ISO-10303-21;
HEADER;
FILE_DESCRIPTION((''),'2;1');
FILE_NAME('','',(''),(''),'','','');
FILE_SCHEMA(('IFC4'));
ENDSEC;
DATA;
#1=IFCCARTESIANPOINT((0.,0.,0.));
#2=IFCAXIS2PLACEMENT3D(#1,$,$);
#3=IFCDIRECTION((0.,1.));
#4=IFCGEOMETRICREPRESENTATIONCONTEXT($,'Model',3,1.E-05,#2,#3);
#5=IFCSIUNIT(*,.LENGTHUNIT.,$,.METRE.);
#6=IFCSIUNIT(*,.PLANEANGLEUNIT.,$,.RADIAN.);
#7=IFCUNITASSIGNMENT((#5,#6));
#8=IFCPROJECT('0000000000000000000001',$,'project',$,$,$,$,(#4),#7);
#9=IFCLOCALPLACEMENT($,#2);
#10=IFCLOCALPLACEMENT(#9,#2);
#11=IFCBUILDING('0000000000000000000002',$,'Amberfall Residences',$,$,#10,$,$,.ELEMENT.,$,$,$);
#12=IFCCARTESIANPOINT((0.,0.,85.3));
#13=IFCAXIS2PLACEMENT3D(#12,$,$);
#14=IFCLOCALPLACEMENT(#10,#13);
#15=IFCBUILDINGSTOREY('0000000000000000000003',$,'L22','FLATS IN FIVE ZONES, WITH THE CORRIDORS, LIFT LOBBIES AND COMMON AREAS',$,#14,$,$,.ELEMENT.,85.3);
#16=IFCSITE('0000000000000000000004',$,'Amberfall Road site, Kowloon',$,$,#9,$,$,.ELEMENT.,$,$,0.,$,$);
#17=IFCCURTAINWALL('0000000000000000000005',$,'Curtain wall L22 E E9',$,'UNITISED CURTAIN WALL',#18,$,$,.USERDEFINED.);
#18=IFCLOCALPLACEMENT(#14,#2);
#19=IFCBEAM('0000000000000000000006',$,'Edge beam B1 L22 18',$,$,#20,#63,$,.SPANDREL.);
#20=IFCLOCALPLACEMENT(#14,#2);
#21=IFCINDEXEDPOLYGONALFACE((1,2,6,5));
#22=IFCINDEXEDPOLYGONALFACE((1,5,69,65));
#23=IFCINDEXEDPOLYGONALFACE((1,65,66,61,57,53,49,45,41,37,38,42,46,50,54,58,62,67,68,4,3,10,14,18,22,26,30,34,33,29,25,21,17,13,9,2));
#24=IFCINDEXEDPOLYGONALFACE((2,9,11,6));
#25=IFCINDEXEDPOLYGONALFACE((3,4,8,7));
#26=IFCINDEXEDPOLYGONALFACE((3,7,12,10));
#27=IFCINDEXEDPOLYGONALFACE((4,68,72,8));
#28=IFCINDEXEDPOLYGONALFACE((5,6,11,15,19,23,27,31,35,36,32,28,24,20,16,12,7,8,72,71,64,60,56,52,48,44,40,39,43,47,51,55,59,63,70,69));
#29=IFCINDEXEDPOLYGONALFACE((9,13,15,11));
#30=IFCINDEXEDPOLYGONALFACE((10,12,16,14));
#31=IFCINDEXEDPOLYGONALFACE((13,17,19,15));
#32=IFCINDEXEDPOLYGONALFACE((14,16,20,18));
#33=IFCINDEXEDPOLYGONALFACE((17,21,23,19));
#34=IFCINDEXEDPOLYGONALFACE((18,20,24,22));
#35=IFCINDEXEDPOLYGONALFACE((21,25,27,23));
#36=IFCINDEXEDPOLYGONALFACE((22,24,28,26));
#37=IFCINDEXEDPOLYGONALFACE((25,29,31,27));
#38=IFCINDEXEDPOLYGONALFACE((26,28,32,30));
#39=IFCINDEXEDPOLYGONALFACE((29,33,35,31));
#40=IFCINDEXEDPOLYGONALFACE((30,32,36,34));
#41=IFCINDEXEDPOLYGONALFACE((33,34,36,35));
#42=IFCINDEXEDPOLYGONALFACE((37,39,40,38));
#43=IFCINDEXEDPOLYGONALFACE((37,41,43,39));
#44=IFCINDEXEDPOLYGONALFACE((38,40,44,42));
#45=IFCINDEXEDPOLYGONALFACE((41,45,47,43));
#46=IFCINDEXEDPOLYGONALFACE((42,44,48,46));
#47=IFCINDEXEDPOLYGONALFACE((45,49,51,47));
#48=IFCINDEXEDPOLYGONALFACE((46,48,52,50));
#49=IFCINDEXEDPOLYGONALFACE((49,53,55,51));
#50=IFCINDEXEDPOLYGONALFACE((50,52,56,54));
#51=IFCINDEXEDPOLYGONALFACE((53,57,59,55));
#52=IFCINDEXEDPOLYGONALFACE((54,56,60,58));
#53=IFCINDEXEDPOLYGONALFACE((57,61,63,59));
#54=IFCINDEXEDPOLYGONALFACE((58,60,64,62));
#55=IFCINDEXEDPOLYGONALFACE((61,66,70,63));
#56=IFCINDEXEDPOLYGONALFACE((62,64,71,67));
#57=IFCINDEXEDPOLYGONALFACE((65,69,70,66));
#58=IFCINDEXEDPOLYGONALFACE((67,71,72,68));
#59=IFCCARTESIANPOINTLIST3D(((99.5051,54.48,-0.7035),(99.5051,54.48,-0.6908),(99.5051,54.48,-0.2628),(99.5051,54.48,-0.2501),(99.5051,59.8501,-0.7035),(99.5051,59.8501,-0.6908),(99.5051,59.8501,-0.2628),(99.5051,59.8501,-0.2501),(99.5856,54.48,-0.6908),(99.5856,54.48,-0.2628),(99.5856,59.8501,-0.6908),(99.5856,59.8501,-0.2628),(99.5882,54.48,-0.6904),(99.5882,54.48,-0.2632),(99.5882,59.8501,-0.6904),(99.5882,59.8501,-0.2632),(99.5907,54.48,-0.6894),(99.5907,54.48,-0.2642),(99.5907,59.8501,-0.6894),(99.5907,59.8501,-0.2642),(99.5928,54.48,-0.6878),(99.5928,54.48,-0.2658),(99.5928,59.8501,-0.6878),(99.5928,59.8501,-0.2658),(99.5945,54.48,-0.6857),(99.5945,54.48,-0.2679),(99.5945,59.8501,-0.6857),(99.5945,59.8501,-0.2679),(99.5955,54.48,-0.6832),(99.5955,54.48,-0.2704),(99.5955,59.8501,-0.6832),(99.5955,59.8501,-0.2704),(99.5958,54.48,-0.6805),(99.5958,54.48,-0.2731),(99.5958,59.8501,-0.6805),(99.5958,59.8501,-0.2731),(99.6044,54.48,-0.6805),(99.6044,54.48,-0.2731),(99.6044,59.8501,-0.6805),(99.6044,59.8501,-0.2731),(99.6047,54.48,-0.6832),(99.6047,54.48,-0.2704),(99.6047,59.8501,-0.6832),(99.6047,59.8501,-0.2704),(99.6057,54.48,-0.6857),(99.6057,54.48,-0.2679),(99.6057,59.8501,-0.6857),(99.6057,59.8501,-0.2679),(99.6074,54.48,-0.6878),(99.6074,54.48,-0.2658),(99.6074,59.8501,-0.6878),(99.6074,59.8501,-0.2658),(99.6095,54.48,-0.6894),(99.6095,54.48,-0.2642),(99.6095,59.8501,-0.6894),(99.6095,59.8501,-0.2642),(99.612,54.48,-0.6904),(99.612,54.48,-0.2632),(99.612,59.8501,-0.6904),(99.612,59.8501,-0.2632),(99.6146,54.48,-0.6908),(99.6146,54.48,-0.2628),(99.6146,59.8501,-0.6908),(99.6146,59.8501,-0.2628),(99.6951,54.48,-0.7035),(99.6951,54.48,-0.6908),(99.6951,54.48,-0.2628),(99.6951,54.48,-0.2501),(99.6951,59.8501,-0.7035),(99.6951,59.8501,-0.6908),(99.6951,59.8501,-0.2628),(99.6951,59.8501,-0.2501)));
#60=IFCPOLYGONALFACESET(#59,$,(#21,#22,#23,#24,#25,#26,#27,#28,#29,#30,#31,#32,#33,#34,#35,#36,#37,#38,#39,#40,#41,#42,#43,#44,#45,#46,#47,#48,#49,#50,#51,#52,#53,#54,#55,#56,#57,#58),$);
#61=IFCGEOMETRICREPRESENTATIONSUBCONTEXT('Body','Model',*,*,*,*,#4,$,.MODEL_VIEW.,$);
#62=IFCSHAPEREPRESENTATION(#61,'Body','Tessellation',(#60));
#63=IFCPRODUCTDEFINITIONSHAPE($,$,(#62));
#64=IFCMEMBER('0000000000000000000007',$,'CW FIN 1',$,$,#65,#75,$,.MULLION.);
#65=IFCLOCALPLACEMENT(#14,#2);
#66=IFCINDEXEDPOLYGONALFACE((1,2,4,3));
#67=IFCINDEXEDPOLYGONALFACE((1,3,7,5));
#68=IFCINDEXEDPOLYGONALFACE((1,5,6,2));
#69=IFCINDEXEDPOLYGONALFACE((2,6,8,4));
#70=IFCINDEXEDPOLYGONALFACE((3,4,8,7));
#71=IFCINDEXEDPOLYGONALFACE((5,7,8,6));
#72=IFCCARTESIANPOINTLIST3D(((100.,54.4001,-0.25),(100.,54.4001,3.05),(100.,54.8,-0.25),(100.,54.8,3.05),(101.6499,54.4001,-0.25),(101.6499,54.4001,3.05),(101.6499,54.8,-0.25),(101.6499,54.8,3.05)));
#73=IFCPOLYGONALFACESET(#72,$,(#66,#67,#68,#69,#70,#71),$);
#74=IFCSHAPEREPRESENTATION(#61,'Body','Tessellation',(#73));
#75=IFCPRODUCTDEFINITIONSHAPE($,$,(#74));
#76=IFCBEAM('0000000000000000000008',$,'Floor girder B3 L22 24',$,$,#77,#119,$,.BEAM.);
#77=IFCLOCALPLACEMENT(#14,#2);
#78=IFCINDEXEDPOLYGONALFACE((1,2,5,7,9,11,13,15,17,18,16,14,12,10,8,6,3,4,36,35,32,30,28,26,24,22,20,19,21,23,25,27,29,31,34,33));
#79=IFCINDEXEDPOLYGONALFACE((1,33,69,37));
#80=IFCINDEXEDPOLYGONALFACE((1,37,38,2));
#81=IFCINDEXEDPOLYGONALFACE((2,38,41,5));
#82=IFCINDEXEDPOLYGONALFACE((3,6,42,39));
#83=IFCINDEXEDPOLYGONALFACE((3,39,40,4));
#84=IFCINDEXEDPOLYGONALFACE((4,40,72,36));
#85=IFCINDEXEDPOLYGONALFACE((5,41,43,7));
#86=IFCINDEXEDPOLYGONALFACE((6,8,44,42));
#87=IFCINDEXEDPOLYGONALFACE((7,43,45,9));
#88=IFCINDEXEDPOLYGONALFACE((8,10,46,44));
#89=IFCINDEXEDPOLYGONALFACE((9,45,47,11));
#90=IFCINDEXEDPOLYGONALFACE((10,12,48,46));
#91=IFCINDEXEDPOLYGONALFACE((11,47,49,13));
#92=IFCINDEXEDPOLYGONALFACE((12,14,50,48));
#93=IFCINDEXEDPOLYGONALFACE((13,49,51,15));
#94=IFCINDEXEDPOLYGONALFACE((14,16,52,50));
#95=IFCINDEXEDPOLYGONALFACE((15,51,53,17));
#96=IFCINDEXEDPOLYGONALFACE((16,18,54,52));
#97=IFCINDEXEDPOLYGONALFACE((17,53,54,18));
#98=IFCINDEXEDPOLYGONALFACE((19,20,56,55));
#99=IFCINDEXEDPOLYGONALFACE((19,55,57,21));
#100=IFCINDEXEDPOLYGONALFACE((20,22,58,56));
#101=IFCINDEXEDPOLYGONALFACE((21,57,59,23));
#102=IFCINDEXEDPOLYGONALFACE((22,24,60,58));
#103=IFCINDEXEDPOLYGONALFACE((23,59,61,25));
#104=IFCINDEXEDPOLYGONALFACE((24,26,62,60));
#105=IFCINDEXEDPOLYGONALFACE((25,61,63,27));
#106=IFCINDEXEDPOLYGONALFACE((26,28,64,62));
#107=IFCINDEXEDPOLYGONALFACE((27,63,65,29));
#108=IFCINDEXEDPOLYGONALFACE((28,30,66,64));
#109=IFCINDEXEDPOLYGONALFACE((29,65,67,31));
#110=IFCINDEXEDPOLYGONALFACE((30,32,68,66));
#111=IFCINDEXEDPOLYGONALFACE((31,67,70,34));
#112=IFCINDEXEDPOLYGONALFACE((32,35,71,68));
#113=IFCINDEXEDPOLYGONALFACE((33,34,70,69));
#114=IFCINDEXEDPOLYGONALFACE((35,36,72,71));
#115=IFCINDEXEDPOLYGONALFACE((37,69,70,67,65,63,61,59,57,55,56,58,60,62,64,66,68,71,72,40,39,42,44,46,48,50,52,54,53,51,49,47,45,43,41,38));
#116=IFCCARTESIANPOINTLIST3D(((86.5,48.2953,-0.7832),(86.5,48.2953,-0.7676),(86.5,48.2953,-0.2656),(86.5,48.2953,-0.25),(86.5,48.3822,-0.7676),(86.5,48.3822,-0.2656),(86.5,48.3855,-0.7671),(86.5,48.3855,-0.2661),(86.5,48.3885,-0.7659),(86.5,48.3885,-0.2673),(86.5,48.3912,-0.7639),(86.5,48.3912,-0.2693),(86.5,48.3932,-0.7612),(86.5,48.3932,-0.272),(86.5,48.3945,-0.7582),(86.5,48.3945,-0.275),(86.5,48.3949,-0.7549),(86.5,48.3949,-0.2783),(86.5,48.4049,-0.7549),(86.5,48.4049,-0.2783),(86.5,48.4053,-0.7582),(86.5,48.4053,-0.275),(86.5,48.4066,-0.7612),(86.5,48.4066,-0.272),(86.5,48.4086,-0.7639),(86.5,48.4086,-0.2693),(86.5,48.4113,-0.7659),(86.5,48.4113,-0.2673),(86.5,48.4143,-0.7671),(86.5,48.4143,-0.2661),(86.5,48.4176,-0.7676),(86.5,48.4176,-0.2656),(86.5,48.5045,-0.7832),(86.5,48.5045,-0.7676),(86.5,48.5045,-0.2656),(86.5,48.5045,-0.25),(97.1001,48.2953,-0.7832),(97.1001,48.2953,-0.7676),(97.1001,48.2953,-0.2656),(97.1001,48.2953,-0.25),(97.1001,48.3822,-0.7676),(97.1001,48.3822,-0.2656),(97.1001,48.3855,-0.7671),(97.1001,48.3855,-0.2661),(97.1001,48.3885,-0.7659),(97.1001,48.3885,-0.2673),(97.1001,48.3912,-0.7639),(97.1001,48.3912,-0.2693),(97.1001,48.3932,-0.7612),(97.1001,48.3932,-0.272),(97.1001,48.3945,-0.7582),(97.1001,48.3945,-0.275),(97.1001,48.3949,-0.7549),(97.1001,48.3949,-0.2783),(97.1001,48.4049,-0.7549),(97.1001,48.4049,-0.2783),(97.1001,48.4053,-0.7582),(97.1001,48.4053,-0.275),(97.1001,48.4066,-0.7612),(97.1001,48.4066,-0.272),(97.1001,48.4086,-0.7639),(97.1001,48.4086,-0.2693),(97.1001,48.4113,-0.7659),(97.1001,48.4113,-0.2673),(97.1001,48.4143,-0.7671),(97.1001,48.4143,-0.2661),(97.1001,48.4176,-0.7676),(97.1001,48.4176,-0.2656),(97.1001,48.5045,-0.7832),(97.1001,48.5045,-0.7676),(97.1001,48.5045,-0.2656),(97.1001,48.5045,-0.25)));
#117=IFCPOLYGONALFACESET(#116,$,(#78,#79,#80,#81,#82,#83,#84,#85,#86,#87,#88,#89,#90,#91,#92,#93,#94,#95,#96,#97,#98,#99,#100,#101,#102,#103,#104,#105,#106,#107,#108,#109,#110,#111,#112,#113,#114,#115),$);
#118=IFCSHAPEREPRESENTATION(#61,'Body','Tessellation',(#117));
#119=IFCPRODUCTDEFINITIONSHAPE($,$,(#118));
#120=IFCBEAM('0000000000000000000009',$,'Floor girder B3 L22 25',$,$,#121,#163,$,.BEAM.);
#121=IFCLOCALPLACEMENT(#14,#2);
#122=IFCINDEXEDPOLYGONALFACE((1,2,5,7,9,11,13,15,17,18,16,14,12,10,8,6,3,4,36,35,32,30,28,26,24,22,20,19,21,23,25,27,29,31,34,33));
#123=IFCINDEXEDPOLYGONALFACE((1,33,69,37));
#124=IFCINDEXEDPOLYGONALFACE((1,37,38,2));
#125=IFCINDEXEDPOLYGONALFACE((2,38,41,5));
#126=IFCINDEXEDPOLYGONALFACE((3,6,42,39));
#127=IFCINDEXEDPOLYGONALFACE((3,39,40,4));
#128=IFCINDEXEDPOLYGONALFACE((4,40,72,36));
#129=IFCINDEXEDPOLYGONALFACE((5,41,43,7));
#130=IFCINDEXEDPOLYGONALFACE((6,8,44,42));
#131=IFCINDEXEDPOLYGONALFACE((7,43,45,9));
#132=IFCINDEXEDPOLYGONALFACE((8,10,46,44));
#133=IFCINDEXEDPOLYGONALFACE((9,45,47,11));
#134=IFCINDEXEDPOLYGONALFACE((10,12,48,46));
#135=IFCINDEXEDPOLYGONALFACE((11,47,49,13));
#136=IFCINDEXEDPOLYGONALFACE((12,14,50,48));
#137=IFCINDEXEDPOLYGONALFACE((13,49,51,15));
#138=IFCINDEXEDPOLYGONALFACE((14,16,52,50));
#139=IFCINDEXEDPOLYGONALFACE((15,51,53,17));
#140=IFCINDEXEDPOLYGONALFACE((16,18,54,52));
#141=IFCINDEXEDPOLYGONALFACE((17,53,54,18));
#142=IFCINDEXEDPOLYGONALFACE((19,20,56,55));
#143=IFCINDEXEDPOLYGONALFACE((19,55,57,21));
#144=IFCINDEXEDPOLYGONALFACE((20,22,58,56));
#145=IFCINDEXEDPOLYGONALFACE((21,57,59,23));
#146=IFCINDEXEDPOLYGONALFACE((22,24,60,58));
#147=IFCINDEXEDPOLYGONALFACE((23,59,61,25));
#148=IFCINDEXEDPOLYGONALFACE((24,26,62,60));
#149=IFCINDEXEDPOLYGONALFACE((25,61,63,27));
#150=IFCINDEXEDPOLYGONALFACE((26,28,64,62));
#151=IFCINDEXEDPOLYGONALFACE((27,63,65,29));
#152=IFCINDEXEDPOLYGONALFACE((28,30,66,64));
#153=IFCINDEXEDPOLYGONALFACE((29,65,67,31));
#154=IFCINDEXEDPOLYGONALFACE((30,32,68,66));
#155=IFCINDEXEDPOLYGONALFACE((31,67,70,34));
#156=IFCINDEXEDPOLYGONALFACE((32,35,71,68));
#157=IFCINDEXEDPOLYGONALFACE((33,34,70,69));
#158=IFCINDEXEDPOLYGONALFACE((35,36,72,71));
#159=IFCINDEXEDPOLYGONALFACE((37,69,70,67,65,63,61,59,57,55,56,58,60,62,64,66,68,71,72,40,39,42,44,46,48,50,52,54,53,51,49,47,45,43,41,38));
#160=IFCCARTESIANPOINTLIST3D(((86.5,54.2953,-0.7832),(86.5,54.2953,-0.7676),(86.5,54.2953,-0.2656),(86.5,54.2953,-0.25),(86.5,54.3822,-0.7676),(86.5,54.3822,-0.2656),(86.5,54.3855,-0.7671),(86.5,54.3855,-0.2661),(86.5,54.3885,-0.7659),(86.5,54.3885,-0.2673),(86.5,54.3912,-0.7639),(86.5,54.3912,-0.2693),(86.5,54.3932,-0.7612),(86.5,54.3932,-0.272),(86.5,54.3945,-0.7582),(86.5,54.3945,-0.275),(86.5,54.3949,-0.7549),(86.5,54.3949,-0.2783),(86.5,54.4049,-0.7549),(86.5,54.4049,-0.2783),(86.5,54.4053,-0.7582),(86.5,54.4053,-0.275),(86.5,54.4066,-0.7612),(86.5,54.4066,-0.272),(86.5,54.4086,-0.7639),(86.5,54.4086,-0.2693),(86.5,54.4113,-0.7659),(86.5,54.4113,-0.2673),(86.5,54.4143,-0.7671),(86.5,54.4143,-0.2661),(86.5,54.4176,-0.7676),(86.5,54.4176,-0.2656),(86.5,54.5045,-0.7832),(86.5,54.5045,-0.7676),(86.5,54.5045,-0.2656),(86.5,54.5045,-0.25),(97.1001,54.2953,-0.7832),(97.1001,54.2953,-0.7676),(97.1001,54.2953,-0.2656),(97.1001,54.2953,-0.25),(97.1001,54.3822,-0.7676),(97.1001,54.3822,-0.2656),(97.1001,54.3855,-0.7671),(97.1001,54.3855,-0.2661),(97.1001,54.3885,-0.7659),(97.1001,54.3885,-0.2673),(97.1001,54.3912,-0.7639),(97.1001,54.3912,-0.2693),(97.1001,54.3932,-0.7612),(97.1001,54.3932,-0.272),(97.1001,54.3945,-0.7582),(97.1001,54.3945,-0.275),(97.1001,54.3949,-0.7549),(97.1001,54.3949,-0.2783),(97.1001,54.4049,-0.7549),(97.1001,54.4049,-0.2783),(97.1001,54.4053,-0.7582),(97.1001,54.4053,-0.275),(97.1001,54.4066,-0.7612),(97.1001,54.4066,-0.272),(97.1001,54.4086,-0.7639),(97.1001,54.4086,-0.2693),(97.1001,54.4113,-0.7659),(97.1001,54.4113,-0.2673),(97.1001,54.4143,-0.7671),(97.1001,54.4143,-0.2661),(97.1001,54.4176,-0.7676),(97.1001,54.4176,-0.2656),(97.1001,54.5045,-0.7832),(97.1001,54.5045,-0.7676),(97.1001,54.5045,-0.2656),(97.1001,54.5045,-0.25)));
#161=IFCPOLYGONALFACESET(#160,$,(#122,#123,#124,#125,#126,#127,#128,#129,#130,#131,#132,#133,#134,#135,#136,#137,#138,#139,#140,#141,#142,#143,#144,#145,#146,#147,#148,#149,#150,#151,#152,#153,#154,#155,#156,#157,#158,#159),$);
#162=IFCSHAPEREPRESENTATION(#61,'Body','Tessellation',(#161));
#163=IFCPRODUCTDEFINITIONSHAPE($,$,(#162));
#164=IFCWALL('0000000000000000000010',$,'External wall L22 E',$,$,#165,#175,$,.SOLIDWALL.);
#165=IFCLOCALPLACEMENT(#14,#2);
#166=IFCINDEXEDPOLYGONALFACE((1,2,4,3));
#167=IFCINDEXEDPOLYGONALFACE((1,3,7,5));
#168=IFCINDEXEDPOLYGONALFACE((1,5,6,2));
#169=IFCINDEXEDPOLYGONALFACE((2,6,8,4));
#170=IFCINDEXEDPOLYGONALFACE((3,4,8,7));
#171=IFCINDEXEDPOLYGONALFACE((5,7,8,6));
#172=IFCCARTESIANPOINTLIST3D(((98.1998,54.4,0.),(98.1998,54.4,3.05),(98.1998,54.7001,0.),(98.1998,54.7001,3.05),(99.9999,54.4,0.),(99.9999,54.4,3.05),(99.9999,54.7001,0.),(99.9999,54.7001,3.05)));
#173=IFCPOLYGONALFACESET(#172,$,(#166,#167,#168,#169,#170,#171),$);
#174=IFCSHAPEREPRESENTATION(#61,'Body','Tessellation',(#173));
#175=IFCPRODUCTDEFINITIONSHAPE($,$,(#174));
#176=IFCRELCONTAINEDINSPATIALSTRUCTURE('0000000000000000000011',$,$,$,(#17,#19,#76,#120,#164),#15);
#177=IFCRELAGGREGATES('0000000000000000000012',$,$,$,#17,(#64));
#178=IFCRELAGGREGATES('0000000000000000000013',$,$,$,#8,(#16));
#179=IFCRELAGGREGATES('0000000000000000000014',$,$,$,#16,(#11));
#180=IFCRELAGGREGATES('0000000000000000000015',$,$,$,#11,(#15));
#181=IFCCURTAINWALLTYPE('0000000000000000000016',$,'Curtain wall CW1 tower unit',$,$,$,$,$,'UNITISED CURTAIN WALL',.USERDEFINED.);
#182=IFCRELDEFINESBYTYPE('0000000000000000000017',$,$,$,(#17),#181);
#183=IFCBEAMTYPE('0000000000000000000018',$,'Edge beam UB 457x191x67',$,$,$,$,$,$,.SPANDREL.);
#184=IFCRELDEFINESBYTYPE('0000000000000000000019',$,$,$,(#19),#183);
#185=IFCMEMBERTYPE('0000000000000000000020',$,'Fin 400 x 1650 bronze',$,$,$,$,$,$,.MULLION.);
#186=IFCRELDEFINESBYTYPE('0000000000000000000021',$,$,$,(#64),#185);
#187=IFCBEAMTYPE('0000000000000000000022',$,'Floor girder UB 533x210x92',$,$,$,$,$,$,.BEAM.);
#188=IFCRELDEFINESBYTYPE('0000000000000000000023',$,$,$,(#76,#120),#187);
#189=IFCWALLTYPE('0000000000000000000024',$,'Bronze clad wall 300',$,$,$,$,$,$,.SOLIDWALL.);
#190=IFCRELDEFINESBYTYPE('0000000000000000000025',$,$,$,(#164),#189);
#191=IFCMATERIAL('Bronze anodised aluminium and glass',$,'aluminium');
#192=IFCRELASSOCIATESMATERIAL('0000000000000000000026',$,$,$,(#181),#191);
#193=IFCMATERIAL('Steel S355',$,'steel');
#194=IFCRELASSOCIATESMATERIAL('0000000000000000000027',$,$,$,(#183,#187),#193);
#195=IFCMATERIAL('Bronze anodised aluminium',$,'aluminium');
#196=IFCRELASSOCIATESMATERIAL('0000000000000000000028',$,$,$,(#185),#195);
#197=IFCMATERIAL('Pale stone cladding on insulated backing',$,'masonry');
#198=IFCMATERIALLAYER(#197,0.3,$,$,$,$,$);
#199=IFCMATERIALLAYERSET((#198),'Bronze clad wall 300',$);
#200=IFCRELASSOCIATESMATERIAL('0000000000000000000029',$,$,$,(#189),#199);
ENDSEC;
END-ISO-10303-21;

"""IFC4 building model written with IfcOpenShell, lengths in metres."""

from ifc_helpers import new_model, si_unit, direction, frame, frame_2d, origin, origin_2d, place, context, subcontext, project, spatial, rectangle, i_section, extrude, material, layer, layer_set, material_profile, profile_set, type_object, element, aggregate, save


model = new_model("IFC4")

# Units and contexts
model_context = context("Model", 3, precision=1e-05, world=origin(), true_north=direction((0.0, 1.0)))
body_context = subcontext(model_context, "Body", "Model", "MODEL_VIEW")
ifc_project = project(units=[si_unit("LENGTHUNIT", "METRE"), si_unit("PLANEANGLEUNIT", "RADIAN")], contexts=[model_context])

# Site, building, storey
site_placement = place(None, origin())
site = spatial("IfcSite", under=ifc_project, at=site_placement, Name="Amberfall Road site, Kowloon", CompositionType="ELEMENT", RefElevation=0.0)
building_placement = place(site_placement, origin())
building = spatial("IfcBuilding", under=site, at=building_placement, Name="Amberfall Residences", CompositionType="ELEMENT")
storey_placement = place(building_placement, frame((0.0, 0.0, 85.3)))
storey = spatial("IfcBuildingStorey", under=building, at=storey_placement, Name="L22", Description="FLATS IN FIVE ZONES, WITH THE CORRIDORS, LIFT LOBBIES AND COMMON AREAS", CompositionType="ELEMENT", Elevation=85.3)

# Curtain wall
ifc_material_1 = material(Name="Bronze anodised aluminium and glass", Category="aluminium")
curtain_wall_type = type_object("IfcCurtainWallType", Name="Curtain wall CW1 tower unit", ElementType="UNITISED CURTAIN WALL", PredefinedType="USERDEFINED", material=ifc_material_1)
curtain_wall_placement = place(storey_placement, origin())
curtain_wall = element("IfcCurtainWall", 1, at=curtain_wall_placement, inside=storey, type_object=curtain_wall_type, Name="Curtain wall L22 E E9", ObjectType="UNITISED CURTAIN WALL", PredefinedType="USERDEFINED")
ifc_material_2 = material(Name="Bronze anodised aluminium", Category="aluminium")

# Beam
ifc_material_3 = material(Name="Steel S355", Category="steel")
ifc_material_profile_1 = material_profile(ifc_material_3, i_section(OverallWidth=0.1899, OverallDepth=0.4534, WebThickness=0.0085, FlangeThickness=0.0127, FilletRadius=0.0103, at=origin_2d()), Name="UB 457x191x67")
ifc_profile_set_1 = profile_set([ifc_material_profile_1], Name="Steel S355")
beam_type_1 = type_object("IfcBeamType", Name="Edge beam UB 457x191x67", PredefinedType="SPANDREL", material=ifc_profile_set_1)
beam_1_placement = place(storey_placement, frame((99.6001, 54.48, -0.4768), z_axis=(0.0, 1.0, 0.0), x_axis=(-1.0, 0.0, 0.0)))
element("IfcBeam", 2, at=beam_1_placement, inside=storey, type_object=beam_type_1, Name="Edge beam B1 L22 18", PredefinedType="SPANDREL", context=body_context, shape_type="SweptSolid", body=[
    extrude(i_section(OverallWidth=0.1899, OverallDepth=0.4534, WebThickness=0.0085, FlangeThickness=0.0127, FilletRadius=0.0103, at=origin_2d()), origin(), (0.0, 0.0, 1.0), 5.3701),
])

# Member
ifc_material_profile_2 = material_profile(ifc_material_2, rectangle(XDim=1.6499, YDim=0.3999, at=origin_2d()), Name="Fin 400 x 1650 bronze")
ifc_profile_set_2 = profile_set([ifc_material_profile_2], Name="Bronze anodised aluminium")
member_type_1 = type_object("IfcMemberType", Name="Fin 400 x 1650 bronze", PredefinedType="MULLION", material=ifc_profile_set_2)
member_1_placement = place(storey_placement, frame((100.825, 54.6001, -0.25), z_axis=(0.0, 0.0, 1.0), x_axis=(-1.0, 0.0, 0.0)))
member_1 = element("IfcMember", 3, at=member_1_placement, type_object=member_type_1, Name="CW FIN 1", PredefinedType="MULLION", context=body_context, shape_type="SweptSolid", body=[
    extrude(rectangle(XDim=1.6499, YDim=0.3999, at=origin_2d()), origin(), (0.0, 0.0, 1.0), 3.3),
])
aggregate(curtain_wall, [member_1])

# Beams
ifc_material_profile_3 = material_profile(ifc_material_3, i_section(OverallWidth=0.2092, OverallDepth=0.5332, WebThickness=0.01, FlangeThickness=0.0156, FilletRadius=0.0127, at=origin_2d()), Name="UB 533x210x92")
ifc_profile_set_3 = profile_set([ifc_material_profile_3], Name="Steel S355")
beam_type_2 = type_object("IfcBeamType", Name="Floor girder UB 533x210x92", PredefinedType="BEAM", material=ifc_profile_set_3)
for number, where, z_axis, x_axis, name in (
    (4, (97.1001, 48.3999, -0.5166), (-1.0, 0.0, 0.0), (0.0, -1.0, 0.0), "Floor girder B3 L22 24"),
    (5, (97.1001, 54.3999, -0.5166), (-1.0, 0.0, 0.0), (0.0, -1.0, 0.0), "Floor girder B3 L22 25"),
):
    element("IfcBeam", number, at=place(storey_placement, frame(where, z_axis=z_axis, x_axis=x_axis)), inside=storey, type_object=beam_type_2, Name=name, PredefinedType="BEAM", context=body_context, shape_type="SweptSolid", body=[
        extrude(i_section(OverallWidth=0.2092, OverallDepth=0.5332, WebThickness=0.01, FlangeThickness=0.0156, FilletRadius=0.0127, at=origin_2d()), origin(), (0.0, 0.0, 1.0), 10.6001),
    ])

# Wall
ifc_material_4 = material(Name="Pale stone cladding on insulated backing", Category="masonry")
ifc_layer_1 = layer(ifc_material_4, 0.3)
ifc_layer_set_1 = layer_set([ifc_layer_1], Name="Bronze clad wall 300")
wall_type_1 = type_object("IfcWallType", Name="Bronze clad wall 300", PredefinedType="SOLIDWALL", material=ifc_layer_set_1)
wall_1_placement = place(storey_placement, frame((98.2, 54.55, 0.0), z_axis=(0.0, 0.0, 1.0), x_axis=(1.0, 0.0, 0.0)))
element("IfcWall", 6, at=wall_1_placement, inside=storey, type_object=wall_type_1, Name="External wall L22 E", PredefinedType="SOLIDWALL", context=body_context, shape_type="SweptSolid", body=[
    extrude(rectangle(XDim=1.8, YDim=0.3, at=frame_2d((0.8999, 0.0))), origin(), (0.0, 0.0, 1.0), 3.05),
])

save(model, "model.ifc")
